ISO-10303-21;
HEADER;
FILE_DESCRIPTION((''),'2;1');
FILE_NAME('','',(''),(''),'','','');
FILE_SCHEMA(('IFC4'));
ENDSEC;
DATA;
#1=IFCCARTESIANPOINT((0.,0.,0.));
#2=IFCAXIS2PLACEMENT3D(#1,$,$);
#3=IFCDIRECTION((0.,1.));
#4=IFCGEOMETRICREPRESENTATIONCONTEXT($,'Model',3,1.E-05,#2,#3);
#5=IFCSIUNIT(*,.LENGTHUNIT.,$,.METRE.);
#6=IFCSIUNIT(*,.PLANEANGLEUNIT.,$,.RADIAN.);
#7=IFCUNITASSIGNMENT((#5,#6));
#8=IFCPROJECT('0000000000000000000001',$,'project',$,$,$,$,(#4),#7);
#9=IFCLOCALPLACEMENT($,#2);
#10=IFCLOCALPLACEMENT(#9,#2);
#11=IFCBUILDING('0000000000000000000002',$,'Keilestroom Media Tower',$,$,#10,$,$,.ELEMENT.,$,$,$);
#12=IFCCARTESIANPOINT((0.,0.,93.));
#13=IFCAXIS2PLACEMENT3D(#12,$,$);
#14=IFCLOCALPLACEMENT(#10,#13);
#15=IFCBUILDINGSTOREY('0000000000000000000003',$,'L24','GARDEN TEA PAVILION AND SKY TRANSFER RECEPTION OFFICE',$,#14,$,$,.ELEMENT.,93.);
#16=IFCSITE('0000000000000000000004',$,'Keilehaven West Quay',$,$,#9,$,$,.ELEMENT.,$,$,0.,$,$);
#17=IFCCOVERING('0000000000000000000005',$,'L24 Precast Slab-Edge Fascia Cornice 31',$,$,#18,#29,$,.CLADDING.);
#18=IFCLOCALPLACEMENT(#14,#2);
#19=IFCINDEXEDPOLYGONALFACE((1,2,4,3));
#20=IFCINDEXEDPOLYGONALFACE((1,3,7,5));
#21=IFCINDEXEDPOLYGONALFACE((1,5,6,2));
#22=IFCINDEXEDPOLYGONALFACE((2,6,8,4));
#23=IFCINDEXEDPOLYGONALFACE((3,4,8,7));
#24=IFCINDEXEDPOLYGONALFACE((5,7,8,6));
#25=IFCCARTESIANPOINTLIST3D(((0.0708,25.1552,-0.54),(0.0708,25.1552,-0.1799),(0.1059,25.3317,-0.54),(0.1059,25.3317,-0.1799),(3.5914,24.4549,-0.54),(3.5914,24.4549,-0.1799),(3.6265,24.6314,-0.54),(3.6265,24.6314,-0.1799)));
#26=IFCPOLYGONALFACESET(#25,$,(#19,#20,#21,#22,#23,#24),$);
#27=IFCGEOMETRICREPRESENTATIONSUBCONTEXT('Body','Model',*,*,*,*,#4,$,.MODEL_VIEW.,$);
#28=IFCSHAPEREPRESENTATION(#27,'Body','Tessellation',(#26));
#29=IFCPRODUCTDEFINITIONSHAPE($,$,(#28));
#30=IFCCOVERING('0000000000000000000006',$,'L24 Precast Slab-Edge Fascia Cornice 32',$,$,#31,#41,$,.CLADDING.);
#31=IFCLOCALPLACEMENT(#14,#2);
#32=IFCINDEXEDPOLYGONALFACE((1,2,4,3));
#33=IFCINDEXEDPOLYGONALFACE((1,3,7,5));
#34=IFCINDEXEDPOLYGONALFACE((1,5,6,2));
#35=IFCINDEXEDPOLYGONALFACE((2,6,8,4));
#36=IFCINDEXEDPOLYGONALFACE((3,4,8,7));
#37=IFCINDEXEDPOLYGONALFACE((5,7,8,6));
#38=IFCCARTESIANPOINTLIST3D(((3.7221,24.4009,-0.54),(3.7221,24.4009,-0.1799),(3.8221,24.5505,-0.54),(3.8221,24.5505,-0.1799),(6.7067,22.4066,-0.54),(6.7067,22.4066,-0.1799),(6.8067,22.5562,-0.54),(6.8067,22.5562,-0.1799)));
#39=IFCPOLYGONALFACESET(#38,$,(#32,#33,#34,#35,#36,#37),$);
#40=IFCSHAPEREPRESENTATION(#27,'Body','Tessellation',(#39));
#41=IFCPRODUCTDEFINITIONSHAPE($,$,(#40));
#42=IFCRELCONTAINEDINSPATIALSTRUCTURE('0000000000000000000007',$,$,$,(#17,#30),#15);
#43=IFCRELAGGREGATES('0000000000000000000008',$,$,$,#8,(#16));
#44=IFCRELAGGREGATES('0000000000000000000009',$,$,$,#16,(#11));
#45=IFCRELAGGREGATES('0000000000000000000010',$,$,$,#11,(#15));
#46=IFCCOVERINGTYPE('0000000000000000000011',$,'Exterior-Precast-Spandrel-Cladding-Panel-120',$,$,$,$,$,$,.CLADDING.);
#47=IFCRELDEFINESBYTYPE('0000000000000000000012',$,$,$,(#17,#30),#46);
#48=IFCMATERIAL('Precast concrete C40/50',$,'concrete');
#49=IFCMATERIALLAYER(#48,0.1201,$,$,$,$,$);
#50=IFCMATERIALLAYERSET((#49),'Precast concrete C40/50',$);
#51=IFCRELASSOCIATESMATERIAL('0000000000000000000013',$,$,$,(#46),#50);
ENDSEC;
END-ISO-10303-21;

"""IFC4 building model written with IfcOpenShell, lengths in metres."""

from ifc_helpers import new_model, si_unit, direction, frame, origin, origin_2d, place, context, subcontext, project, spatial, rectangle, extrude, source, transform, mapped, material, layer, layer_set, type_object, element, save


model = new_model("IFC4")

# Units and contexts
model_context = context("Model", 3, precision=1e-05, world=origin(), true_north=direction((0.0, 1.0)))
body_context = subcontext(model_context, "Body", "Model", "MODEL_VIEW")
ifc_project = project(units=[si_unit("LENGTHUNIT", "METRE"), si_unit("PLANEANGLEUNIT", "RADIAN")], contexts=[model_context])

# Site, building, storey
site_placement = place(None, origin())
site = spatial("IfcSite", under=ifc_project, at=site_placement, Name="Keilehaven West Quay", CompositionType="ELEMENT", RefElevation=0.0)
building_placement = place(site_placement, origin())
building = spatial("IfcBuilding", under=site, at=building_placement, Name="Keilestroom Media Tower", CompositionType="ELEMENT")
storey_placement = place(building_placement, frame((0.0, 0.0, 93.0)))
storey = spatial("IfcBuildingStorey", under=building, at=storey_placement, Name="L24", Description="GARDEN TEA PAVILION AND SKY TRANSFER RECEPTION OFFICE", CompositionType="ELEMENT", Elevation=93.0)

# Shared definitions
ifc_material_1 = material(Name="Precast concrete C40/50", Category="concrete")

# Coverings
ifc_layer_1 = layer(ifc_material_1, 0.1201)
ifc_layer_set_1 = layer_set([ifc_layer_1], Name="Precast concrete C40/50")
covering_type = type_object("IfcCoveringType", Name="Exterior-Precast-Spandrel-Cladding-Panel-120", PredefinedType="CLADDING", material=ifc_layer_set_1)
shared_shape_1 = source(origin(), body_context, "Body", "SweptSolid", [
    extrude(rectangle(XDim=3.5896, YDim=0.1799, at=origin_2d()), origin(), (0.0, 0.0, 1.0), 0.3601),
])
for number, where, z_axis, x_axis, name in (
    (1, (1.8486, 24.8933, -0.54), (0.0, 0.0, 1.0), (0.980784, -0.195099, 0.0), "L24 Precast Slab-Edge Fascia Cornice 31"),
    (2, (5.2644, 23.4785, -0.54), (0.0, 0.0, 1.0), (0.831467, -0.555575, 0.0), "L24 Precast Slab-Edge Fascia Cornice 32"),
):
    element("IfcCovering", number, at=place(storey_placement, frame(where, z_axis=z_axis, x_axis=x_axis)), inside=storey, type_object=covering_type, Name=name, PredefinedType="CLADDING", context=body_context, shape_type="MappedRepresentation", body=[
        mapped(shared_shape_1, transform((0.0, 0.0, 0.0), x_axis=(1.0, 0.0, 0.0), y_axis=(0.0, 1.0, 0.0), z_axis=(0.0, 0.0, 1.0), scale=1.0)),
    ])

save(model, "model.ifc")
